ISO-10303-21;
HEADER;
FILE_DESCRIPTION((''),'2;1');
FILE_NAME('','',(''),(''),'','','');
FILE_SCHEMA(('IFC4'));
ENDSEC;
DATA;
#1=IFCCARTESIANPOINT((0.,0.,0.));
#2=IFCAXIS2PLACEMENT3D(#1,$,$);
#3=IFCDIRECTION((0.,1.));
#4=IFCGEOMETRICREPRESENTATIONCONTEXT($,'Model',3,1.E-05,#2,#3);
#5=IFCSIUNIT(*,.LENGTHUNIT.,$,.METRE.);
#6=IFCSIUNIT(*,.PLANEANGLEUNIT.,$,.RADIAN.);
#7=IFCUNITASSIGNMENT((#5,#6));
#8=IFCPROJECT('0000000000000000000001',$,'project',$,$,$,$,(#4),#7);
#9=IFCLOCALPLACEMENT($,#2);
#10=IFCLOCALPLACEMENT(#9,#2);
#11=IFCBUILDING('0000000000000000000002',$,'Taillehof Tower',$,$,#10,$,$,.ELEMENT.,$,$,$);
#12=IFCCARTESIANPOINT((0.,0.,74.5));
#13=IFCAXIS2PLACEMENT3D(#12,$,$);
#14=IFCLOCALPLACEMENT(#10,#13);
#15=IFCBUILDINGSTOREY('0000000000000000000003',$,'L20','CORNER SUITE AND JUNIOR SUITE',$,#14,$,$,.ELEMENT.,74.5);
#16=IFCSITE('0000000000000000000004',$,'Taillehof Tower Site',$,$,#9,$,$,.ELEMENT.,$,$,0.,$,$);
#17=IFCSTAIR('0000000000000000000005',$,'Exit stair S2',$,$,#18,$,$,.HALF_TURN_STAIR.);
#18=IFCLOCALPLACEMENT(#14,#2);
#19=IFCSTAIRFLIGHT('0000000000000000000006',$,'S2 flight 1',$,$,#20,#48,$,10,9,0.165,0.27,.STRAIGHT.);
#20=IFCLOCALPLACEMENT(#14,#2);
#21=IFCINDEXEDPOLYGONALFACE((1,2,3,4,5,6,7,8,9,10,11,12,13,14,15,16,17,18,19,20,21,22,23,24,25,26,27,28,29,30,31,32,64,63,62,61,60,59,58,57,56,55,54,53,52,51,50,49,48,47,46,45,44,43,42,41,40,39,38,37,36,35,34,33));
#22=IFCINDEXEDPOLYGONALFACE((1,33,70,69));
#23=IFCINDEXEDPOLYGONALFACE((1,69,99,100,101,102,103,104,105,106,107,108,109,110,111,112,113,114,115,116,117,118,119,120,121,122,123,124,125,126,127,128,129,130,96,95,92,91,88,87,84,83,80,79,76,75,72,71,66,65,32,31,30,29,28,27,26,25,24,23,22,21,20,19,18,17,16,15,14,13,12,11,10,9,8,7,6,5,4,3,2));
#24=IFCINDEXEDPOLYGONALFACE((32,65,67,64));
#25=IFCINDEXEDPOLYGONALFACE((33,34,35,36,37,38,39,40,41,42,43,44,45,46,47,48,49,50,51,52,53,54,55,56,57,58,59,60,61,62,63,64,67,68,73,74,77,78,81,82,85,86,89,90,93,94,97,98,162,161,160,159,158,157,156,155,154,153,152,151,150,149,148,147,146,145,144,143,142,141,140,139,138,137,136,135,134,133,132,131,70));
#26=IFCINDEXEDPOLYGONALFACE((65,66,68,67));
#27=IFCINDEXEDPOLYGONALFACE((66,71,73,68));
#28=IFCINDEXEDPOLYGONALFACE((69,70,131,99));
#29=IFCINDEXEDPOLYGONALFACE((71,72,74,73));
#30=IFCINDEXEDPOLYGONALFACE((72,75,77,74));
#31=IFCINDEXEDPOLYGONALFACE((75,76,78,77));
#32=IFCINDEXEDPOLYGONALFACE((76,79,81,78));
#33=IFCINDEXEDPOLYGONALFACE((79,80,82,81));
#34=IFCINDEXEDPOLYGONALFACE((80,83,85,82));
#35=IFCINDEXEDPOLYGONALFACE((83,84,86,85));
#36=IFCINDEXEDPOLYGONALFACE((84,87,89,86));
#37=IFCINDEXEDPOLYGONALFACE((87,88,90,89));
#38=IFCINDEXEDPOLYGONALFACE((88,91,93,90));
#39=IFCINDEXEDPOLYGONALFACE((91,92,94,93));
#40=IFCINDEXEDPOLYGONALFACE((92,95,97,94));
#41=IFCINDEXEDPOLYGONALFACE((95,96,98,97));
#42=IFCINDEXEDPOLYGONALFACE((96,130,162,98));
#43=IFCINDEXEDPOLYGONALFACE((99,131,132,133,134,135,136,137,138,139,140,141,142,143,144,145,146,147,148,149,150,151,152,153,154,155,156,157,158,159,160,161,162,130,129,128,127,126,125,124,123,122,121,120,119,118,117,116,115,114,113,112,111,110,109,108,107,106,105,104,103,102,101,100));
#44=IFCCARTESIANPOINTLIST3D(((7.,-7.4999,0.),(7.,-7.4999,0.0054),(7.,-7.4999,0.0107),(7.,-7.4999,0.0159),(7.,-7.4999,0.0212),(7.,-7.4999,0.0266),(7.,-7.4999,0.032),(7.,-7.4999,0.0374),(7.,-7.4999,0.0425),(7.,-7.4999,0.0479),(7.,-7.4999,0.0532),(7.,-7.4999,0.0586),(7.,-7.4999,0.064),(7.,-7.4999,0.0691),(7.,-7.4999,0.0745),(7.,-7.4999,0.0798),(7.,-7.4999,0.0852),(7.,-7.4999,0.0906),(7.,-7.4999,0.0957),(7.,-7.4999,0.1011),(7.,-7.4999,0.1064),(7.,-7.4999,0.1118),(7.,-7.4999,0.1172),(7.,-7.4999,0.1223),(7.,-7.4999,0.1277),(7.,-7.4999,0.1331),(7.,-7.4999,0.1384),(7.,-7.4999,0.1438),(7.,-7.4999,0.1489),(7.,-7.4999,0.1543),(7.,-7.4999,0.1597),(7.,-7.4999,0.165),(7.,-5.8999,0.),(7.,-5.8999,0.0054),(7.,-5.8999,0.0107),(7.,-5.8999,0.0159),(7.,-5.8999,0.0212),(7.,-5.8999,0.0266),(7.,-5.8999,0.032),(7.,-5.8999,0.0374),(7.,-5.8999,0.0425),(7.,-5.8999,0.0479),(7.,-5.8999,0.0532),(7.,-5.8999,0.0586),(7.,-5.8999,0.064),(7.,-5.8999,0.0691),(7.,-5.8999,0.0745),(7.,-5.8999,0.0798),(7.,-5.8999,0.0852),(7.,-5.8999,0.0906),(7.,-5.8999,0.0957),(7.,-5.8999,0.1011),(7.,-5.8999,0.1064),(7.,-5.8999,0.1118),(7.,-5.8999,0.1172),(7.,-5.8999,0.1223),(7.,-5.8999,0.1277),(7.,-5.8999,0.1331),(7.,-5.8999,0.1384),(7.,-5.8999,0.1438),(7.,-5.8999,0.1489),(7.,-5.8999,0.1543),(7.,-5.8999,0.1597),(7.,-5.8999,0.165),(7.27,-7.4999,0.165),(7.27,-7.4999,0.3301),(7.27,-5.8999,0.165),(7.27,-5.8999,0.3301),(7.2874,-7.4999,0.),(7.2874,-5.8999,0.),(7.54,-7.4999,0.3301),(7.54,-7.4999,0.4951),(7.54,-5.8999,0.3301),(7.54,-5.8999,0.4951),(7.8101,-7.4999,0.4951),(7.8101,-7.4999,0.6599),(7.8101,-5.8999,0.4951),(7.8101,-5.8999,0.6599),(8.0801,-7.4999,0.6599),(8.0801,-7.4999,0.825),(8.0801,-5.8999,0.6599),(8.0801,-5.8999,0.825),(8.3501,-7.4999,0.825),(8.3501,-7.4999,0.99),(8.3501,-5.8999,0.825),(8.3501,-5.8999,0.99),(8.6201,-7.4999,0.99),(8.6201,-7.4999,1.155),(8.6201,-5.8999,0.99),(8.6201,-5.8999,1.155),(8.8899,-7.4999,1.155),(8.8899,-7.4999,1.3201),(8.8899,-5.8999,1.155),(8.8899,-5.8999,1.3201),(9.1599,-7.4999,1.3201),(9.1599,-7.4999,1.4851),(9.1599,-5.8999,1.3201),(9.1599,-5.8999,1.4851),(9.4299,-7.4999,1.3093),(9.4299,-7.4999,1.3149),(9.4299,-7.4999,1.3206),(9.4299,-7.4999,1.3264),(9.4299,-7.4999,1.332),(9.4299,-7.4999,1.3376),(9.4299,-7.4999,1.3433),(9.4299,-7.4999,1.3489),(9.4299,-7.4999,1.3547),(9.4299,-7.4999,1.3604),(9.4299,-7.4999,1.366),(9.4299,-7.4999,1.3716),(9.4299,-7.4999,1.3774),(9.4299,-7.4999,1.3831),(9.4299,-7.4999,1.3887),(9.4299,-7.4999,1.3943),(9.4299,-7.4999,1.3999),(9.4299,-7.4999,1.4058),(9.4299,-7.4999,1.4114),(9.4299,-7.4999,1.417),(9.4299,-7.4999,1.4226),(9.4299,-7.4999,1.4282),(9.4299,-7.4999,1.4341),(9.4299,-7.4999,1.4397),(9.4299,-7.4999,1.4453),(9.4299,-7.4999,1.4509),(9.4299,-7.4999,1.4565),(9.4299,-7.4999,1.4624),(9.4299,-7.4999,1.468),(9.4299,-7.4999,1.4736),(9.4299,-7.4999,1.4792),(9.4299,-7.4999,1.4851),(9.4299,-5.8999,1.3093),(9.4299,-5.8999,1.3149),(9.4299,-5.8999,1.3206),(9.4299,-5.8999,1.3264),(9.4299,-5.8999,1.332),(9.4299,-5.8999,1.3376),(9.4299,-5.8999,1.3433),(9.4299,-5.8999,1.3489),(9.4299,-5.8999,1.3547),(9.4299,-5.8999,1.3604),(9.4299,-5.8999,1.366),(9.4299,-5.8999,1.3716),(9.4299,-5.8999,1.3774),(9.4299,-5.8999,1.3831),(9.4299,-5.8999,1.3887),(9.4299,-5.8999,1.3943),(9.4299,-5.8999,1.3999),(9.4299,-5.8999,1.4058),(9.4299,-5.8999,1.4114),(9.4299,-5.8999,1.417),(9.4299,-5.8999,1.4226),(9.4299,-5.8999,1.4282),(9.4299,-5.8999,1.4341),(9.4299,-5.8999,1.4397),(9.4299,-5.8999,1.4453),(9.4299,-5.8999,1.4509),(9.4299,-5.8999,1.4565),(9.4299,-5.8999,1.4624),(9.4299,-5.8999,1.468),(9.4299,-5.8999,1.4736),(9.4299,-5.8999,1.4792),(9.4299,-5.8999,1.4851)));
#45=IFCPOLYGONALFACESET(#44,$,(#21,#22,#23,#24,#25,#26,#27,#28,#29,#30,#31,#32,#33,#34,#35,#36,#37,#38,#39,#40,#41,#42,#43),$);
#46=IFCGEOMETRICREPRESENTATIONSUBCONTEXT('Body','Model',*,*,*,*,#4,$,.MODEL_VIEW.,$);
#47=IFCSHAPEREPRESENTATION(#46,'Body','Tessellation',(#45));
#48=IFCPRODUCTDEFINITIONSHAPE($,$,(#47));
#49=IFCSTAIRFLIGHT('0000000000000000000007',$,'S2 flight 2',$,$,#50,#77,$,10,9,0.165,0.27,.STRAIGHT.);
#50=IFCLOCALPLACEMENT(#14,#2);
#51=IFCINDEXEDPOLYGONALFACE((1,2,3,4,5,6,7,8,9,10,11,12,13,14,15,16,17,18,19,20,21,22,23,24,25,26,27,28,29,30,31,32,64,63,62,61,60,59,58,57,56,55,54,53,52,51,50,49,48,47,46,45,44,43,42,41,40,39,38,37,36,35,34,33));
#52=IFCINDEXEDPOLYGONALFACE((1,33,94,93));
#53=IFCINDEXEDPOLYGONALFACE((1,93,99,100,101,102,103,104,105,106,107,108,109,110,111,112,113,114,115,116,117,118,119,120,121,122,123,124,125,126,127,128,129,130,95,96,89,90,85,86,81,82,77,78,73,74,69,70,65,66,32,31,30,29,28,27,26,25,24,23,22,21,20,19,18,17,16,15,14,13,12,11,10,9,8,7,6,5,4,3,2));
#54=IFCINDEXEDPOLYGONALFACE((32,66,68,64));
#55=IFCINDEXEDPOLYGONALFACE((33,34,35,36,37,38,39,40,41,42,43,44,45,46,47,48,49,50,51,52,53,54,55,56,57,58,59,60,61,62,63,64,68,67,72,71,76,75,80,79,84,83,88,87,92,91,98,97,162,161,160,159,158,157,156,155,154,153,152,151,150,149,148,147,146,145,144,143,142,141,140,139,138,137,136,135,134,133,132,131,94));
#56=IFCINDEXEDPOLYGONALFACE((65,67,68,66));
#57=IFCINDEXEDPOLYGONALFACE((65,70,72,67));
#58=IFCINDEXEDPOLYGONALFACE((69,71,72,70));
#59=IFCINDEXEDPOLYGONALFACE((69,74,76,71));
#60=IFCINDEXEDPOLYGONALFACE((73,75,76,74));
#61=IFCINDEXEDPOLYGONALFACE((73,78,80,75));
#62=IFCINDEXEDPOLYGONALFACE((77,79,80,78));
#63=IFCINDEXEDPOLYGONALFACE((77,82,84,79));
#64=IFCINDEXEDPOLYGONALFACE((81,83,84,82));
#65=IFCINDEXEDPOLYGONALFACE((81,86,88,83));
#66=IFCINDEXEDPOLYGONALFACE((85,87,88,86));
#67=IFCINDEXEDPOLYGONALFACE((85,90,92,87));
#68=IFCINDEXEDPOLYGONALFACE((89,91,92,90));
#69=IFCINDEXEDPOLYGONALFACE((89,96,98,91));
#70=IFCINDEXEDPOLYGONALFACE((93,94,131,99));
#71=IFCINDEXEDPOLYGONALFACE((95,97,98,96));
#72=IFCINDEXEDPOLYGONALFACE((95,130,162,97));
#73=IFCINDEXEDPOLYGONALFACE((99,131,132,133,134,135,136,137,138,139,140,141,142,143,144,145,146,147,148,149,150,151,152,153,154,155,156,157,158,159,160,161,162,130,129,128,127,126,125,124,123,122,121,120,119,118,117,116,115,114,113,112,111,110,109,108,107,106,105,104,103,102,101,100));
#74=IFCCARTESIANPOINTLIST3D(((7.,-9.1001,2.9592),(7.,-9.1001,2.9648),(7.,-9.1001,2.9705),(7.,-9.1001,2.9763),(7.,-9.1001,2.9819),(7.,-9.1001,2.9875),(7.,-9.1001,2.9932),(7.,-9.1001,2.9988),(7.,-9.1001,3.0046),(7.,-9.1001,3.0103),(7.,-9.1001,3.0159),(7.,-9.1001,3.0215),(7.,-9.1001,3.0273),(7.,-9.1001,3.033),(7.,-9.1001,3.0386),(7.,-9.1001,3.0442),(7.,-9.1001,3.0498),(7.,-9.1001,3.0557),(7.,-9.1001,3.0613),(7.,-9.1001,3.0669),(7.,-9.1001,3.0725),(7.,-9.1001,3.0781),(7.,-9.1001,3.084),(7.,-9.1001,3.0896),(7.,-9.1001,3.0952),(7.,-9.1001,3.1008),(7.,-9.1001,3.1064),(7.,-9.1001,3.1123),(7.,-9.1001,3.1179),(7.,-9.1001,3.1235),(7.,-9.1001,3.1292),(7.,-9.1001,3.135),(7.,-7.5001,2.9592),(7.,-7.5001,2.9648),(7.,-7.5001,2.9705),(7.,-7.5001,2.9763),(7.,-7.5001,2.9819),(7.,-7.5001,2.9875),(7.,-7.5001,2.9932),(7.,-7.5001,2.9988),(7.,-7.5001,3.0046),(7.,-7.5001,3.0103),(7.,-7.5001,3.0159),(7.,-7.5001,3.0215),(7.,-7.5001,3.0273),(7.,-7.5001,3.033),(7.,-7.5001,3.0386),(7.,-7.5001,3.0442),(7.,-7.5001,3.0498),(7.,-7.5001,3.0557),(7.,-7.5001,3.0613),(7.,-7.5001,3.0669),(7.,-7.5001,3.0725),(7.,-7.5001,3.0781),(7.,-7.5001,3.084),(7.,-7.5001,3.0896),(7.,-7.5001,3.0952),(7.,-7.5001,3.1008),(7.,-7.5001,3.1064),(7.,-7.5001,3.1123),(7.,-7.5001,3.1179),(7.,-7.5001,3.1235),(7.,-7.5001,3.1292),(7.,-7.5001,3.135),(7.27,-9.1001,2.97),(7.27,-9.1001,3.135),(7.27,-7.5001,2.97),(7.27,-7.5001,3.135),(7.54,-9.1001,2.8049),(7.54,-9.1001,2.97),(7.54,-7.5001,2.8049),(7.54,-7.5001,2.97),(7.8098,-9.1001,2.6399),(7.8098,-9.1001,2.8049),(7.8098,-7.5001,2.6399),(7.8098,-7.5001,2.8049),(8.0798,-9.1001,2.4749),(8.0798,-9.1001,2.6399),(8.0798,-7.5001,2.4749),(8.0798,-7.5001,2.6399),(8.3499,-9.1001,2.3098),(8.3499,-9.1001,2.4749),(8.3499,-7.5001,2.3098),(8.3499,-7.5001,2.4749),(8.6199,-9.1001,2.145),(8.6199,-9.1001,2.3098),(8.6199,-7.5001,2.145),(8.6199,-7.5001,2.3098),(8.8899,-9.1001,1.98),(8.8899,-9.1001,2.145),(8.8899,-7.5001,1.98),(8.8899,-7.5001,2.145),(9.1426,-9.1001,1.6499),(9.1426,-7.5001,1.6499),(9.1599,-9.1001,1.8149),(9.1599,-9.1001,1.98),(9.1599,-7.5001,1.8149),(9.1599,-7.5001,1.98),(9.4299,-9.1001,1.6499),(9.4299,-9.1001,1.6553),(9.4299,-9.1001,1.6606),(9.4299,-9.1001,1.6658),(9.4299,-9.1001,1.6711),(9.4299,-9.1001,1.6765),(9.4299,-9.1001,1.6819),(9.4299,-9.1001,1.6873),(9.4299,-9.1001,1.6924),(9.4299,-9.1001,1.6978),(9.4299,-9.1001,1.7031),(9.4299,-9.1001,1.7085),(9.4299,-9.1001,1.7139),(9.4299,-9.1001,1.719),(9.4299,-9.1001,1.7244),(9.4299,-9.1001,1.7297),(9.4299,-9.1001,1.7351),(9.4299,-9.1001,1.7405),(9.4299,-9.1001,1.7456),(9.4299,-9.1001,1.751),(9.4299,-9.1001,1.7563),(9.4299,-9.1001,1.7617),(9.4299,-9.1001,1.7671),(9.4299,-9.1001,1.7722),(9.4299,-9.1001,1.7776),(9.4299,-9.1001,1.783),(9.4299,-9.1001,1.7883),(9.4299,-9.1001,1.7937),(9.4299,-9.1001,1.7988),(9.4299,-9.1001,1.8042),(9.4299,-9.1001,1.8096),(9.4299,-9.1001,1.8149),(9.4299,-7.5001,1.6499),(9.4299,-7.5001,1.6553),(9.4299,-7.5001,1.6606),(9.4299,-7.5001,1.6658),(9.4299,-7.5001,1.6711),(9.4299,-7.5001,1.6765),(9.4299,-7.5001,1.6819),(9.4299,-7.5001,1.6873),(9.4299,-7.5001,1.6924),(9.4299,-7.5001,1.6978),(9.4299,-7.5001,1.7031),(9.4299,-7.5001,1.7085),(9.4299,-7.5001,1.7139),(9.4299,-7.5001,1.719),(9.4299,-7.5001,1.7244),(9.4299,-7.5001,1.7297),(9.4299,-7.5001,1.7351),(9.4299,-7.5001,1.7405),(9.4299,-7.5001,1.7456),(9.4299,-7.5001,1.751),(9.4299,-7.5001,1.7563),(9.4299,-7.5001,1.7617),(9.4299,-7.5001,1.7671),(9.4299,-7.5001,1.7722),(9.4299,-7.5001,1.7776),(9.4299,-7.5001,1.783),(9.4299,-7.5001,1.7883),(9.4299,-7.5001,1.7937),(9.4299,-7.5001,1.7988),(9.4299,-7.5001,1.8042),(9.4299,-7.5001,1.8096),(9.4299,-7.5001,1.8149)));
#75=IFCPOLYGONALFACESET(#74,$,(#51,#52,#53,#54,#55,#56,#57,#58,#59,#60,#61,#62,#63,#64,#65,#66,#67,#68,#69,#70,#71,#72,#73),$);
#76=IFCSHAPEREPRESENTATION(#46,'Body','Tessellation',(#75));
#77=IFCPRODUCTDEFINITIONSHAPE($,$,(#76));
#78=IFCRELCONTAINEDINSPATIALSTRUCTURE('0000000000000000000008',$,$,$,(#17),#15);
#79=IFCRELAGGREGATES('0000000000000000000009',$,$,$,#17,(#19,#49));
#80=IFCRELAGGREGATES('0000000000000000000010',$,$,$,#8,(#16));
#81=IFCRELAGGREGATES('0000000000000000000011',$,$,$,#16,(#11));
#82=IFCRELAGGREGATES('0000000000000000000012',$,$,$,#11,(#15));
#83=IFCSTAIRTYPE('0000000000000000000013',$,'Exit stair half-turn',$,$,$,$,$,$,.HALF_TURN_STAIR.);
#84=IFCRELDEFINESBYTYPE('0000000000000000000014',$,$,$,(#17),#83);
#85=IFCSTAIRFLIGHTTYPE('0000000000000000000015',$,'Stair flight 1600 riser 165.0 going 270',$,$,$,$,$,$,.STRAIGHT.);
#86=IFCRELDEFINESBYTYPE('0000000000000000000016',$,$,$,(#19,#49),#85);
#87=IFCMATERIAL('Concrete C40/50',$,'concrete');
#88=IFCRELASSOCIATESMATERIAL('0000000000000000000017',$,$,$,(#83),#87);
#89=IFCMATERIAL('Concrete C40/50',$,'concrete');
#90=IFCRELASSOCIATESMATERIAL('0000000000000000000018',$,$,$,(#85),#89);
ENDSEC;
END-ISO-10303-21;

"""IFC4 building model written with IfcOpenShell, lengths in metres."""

from ifc_helpers import new_model, si_unit, direction, frame, origin, place, context, subcontext, project, spatial, polyline, outline, extrude, material, type_object, element, aggregate, save


model = new_model("IFC4")

# Units and contexts
model_context = context("Model", 3, precision=1e-05, world=origin(), true_north=direction((0.0, 1.0)))
body_context = subcontext(model_context, "Body", "Model", "MODEL_VIEW")
ifc_project = project(units=[si_unit("LENGTHUNIT", "METRE"), si_unit("PLANEANGLEUNIT", "RADIAN")], contexts=[model_context])

# Site, building, storey
site_placement = place(None, origin())
site = spatial("IfcSite", under=ifc_project, at=site_placement, Name="Taillehof Tower Site", CompositionType="ELEMENT", RefElevation=0.0)
building_placement = place(site_placement, origin())
building = spatial("IfcBuilding", under=site, at=building_placement, Name="Taillehof Tower", CompositionType="ELEMENT")
storey_placement = place(building_placement, frame((0.0, 0.0, 74.5)))
storey = spatial("IfcBuildingStorey", under=building, at=storey_placement, Name="L20", Description="CORNER SUITE AND JUNIOR SUITE", CompositionType="ELEMENT", Elevation=74.5)

# Stair, stair flights
ifc_material_1 = material(Name="Concrete C40/50", Category="concrete")
stair_type = type_object("IfcStairType", Name="Exit stair half-turn", PredefinedType="HALF_TURN_STAIR", material=ifc_material_1)
stair_placement = place(storey_placement, origin())
stair = element("IfcStair", 1, at=stair_placement, inside=storey, type_object=stair_type, Name="Exit stair S2", PredefinedType="HALF_TURN_STAIR")
ifc_material_2 = material(Name="Concrete C40/50", Category="concrete")
stair_flight_type = type_object("IfcStairFlightType", Name="Stair flight 1600 riser 165.0 going 270", PredefinedType="STRAIGHT", material=ifc_material_2)
stair_flight_1_placement = place(storey_placement, frame((7.0, -6.7, 0.0), z_axis=(0.0, 0.0, 1.0), x_axis=(1.0, 0.0, 0.0)))
stair_flight_1 = element("IfcStairFlight", 2, at=stair_flight_1_placement, type_object=stair_flight_type, Name="S2 flight 1", NumberOfRisers=10, NumberOfTreads=9, PredefinedType="STRAIGHT", RiserHeight=0.165, TreadLength=0.27, context=body_context, shape_type="SweptSolid", body=[
    extrude(outline(polyline([(0.0, 0.0), (0.0, 0.0054), (0.0, 0.0107), (0.0, 0.0159), (0.0, 0.0212), (0.0, 0.0266), (0.0, 0.032), (0.0, 0.0374), (0.0, 0.0425), (0.0, 0.0479), (0.0, 0.0532), (0.0, 0.0586), (0.0, 0.064), (0.0, 0.0691), (0.0, 0.0745), (0.0, 0.0798), (0.0, 0.0852), (0.0, 0.0906), (0.0, 0.0957), (0.0, 0.1011), (0.0, 0.1064), (0.0, 0.1118), (0.0, 0.1172), (0.0, 0.1223), (0.0, 0.1277), (0.0, 0.1331), (0.0, 0.1384), (0.0, 0.1438), (0.0, 0.1489), (0.0, 0.1543), (0.0, 0.1597), (0.0, 0.165), (0.27, 0.165), (0.27, 0.3301), (0.54, 0.3301), (0.54, 0.4951), (0.8101, 0.4951), (0.8101, 0.6599), (1.0801, 0.6599), (1.0801, 0.825), (1.3501, 0.825), (1.3501, 0.99), (1.6201, 0.99), (1.6201, 1.155), (1.8899, 1.155), (1.8899, 1.3201), (2.1599, 1.3201), (2.1599, 1.4851), (2.4299, 1.4851), (2.4299, 1.4792), (2.4299, 1.4736), (2.4299, 1.468), (2.4299, 1.4624), (2.4299, 1.4565), (2.4299, 1.4509), (2.4299, 1.4453), (2.4299, 1.4397), (2.4299, 1.4341), (2.4299, 1.4282), (2.4299, 1.4226), (2.4299, 1.417), (2.4299, 1.4114), (2.4299, 1.4058), (2.4299, 1.3999), (2.4299, 1.3943), (2.4299, 1.3887), (2.4299, 1.3831), (2.4299, 1.3774), (2.4299, 1.3716), (2.4299, 1.366), (2.4299, 1.3604), (2.4299, 1.3547), (2.4299, 1.3489), (2.4299, 1.3433), (2.4299, 1.3376), (2.4299, 1.332), (2.4299, 1.3264), (2.4299, 1.3206), (2.4299, 1.3149), (2.4299, 1.3093), (0.2874, 0.0), (0.0, 0.0)])), frame((0.0, 0.8, 0.0), z_axis=(0.0, -1.0, 0.0), x_axis=(1.0, 0.0, 0.0)), (0.0, 0.0, 1.0), 1.6),
])
stair_flight_2_placement = place(storey_placement, frame((9.4299, -8.3, 1.6499), z_axis=(0.0, 0.0, 1.0), x_axis=(-1.0, 0.0, 0.0)))
stair_flight_2 = element("IfcStairFlight", 3, at=stair_flight_2_placement, type_object=stair_flight_type, Name="S2 flight 2", NumberOfRisers=10, NumberOfTreads=9, PredefinedType="STRAIGHT", RiserHeight=0.165, TreadLength=0.27, context=body_context, shape_type="SweptSolid", body=[
    extrude(outline(polyline([(0.0, 0.0), (0.0, 0.0054), (0.0, 0.0107), (0.0, 0.0159), (0.0, 0.0212), (0.0, 0.0266), (0.0, 0.032), (0.0, 0.0374), (0.0, 0.0425), (0.0, 0.0479), (0.0, 0.0532), (0.0, 0.0586), (0.0, 0.064), (0.0, 0.0691), (0.0, 0.0745), (0.0, 0.0798), (0.0, 0.0852), (0.0, 0.0906), (0.0, 0.0957), (0.0, 0.1011), (0.0, 0.1064), (0.0, 0.1118), (0.0, 0.1172), (0.0, 0.1223), (0.0, 0.1277), (0.0, 0.1331), (0.0, 0.1384), (0.0, 0.1438), (0.0, 0.1489), (0.0, 0.1543), (0.0, 0.1597), (0.0, 0.165), (0.27, 0.165), (0.27, 0.3301), (0.54, 0.3301), (0.54, 0.4951), (0.8101, 0.4951), (0.8101, 0.6599), (1.0801, 0.6599), (1.0801, 0.825), (1.3501, 0.825), (1.3501, 0.99), (1.6201, 0.99), (1.6201, 1.155), (1.8899, 1.155), (1.8899, 1.3201), (2.1599, 1.3201), (2.1599, 1.4851), (2.4299, 1.4851), (2.4299, 1.4792), (2.4299, 1.4736), (2.4299, 1.468), (2.4299, 1.4624), (2.4299, 1.4565), (2.4299, 1.4509), (2.4299, 1.4453), (2.4299, 1.4397), (2.4299, 1.4341), (2.4299, 1.4282), (2.4299, 1.4226), (2.4299, 1.417), (2.4299, 1.4114), (2.4299, 1.4058), (2.4299, 1.3999), (2.4299, 1.3943), (2.4299, 1.3887), (2.4299, 1.3831), (2.4299, 1.3774), (2.4299, 1.3716), (2.4299, 1.366), (2.4299, 1.3604), (2.4299, 1.3547), (2.4299, 1.3489), (2.4299, 1.3433), (2.4299, 1.3376), (2.4299, 1.332), (2.4299, 1.3264), (2.4299, 1.3206), (2.4299, 1.3149), (2.4299, 1.3093), (0.2874, 0.0), (0.0, 0.0)])), frame((0.0, 0.8, 0.0), z_axis=(0.0, -1.0, 0.0), x_axis=(1.0, 0.0, 0.0)), (0.0, 0.0, 1.0), 1.6),
])
aggregate(stair, [stair_flight_1, stair_flight_2])

save(model, "model.ifc")
